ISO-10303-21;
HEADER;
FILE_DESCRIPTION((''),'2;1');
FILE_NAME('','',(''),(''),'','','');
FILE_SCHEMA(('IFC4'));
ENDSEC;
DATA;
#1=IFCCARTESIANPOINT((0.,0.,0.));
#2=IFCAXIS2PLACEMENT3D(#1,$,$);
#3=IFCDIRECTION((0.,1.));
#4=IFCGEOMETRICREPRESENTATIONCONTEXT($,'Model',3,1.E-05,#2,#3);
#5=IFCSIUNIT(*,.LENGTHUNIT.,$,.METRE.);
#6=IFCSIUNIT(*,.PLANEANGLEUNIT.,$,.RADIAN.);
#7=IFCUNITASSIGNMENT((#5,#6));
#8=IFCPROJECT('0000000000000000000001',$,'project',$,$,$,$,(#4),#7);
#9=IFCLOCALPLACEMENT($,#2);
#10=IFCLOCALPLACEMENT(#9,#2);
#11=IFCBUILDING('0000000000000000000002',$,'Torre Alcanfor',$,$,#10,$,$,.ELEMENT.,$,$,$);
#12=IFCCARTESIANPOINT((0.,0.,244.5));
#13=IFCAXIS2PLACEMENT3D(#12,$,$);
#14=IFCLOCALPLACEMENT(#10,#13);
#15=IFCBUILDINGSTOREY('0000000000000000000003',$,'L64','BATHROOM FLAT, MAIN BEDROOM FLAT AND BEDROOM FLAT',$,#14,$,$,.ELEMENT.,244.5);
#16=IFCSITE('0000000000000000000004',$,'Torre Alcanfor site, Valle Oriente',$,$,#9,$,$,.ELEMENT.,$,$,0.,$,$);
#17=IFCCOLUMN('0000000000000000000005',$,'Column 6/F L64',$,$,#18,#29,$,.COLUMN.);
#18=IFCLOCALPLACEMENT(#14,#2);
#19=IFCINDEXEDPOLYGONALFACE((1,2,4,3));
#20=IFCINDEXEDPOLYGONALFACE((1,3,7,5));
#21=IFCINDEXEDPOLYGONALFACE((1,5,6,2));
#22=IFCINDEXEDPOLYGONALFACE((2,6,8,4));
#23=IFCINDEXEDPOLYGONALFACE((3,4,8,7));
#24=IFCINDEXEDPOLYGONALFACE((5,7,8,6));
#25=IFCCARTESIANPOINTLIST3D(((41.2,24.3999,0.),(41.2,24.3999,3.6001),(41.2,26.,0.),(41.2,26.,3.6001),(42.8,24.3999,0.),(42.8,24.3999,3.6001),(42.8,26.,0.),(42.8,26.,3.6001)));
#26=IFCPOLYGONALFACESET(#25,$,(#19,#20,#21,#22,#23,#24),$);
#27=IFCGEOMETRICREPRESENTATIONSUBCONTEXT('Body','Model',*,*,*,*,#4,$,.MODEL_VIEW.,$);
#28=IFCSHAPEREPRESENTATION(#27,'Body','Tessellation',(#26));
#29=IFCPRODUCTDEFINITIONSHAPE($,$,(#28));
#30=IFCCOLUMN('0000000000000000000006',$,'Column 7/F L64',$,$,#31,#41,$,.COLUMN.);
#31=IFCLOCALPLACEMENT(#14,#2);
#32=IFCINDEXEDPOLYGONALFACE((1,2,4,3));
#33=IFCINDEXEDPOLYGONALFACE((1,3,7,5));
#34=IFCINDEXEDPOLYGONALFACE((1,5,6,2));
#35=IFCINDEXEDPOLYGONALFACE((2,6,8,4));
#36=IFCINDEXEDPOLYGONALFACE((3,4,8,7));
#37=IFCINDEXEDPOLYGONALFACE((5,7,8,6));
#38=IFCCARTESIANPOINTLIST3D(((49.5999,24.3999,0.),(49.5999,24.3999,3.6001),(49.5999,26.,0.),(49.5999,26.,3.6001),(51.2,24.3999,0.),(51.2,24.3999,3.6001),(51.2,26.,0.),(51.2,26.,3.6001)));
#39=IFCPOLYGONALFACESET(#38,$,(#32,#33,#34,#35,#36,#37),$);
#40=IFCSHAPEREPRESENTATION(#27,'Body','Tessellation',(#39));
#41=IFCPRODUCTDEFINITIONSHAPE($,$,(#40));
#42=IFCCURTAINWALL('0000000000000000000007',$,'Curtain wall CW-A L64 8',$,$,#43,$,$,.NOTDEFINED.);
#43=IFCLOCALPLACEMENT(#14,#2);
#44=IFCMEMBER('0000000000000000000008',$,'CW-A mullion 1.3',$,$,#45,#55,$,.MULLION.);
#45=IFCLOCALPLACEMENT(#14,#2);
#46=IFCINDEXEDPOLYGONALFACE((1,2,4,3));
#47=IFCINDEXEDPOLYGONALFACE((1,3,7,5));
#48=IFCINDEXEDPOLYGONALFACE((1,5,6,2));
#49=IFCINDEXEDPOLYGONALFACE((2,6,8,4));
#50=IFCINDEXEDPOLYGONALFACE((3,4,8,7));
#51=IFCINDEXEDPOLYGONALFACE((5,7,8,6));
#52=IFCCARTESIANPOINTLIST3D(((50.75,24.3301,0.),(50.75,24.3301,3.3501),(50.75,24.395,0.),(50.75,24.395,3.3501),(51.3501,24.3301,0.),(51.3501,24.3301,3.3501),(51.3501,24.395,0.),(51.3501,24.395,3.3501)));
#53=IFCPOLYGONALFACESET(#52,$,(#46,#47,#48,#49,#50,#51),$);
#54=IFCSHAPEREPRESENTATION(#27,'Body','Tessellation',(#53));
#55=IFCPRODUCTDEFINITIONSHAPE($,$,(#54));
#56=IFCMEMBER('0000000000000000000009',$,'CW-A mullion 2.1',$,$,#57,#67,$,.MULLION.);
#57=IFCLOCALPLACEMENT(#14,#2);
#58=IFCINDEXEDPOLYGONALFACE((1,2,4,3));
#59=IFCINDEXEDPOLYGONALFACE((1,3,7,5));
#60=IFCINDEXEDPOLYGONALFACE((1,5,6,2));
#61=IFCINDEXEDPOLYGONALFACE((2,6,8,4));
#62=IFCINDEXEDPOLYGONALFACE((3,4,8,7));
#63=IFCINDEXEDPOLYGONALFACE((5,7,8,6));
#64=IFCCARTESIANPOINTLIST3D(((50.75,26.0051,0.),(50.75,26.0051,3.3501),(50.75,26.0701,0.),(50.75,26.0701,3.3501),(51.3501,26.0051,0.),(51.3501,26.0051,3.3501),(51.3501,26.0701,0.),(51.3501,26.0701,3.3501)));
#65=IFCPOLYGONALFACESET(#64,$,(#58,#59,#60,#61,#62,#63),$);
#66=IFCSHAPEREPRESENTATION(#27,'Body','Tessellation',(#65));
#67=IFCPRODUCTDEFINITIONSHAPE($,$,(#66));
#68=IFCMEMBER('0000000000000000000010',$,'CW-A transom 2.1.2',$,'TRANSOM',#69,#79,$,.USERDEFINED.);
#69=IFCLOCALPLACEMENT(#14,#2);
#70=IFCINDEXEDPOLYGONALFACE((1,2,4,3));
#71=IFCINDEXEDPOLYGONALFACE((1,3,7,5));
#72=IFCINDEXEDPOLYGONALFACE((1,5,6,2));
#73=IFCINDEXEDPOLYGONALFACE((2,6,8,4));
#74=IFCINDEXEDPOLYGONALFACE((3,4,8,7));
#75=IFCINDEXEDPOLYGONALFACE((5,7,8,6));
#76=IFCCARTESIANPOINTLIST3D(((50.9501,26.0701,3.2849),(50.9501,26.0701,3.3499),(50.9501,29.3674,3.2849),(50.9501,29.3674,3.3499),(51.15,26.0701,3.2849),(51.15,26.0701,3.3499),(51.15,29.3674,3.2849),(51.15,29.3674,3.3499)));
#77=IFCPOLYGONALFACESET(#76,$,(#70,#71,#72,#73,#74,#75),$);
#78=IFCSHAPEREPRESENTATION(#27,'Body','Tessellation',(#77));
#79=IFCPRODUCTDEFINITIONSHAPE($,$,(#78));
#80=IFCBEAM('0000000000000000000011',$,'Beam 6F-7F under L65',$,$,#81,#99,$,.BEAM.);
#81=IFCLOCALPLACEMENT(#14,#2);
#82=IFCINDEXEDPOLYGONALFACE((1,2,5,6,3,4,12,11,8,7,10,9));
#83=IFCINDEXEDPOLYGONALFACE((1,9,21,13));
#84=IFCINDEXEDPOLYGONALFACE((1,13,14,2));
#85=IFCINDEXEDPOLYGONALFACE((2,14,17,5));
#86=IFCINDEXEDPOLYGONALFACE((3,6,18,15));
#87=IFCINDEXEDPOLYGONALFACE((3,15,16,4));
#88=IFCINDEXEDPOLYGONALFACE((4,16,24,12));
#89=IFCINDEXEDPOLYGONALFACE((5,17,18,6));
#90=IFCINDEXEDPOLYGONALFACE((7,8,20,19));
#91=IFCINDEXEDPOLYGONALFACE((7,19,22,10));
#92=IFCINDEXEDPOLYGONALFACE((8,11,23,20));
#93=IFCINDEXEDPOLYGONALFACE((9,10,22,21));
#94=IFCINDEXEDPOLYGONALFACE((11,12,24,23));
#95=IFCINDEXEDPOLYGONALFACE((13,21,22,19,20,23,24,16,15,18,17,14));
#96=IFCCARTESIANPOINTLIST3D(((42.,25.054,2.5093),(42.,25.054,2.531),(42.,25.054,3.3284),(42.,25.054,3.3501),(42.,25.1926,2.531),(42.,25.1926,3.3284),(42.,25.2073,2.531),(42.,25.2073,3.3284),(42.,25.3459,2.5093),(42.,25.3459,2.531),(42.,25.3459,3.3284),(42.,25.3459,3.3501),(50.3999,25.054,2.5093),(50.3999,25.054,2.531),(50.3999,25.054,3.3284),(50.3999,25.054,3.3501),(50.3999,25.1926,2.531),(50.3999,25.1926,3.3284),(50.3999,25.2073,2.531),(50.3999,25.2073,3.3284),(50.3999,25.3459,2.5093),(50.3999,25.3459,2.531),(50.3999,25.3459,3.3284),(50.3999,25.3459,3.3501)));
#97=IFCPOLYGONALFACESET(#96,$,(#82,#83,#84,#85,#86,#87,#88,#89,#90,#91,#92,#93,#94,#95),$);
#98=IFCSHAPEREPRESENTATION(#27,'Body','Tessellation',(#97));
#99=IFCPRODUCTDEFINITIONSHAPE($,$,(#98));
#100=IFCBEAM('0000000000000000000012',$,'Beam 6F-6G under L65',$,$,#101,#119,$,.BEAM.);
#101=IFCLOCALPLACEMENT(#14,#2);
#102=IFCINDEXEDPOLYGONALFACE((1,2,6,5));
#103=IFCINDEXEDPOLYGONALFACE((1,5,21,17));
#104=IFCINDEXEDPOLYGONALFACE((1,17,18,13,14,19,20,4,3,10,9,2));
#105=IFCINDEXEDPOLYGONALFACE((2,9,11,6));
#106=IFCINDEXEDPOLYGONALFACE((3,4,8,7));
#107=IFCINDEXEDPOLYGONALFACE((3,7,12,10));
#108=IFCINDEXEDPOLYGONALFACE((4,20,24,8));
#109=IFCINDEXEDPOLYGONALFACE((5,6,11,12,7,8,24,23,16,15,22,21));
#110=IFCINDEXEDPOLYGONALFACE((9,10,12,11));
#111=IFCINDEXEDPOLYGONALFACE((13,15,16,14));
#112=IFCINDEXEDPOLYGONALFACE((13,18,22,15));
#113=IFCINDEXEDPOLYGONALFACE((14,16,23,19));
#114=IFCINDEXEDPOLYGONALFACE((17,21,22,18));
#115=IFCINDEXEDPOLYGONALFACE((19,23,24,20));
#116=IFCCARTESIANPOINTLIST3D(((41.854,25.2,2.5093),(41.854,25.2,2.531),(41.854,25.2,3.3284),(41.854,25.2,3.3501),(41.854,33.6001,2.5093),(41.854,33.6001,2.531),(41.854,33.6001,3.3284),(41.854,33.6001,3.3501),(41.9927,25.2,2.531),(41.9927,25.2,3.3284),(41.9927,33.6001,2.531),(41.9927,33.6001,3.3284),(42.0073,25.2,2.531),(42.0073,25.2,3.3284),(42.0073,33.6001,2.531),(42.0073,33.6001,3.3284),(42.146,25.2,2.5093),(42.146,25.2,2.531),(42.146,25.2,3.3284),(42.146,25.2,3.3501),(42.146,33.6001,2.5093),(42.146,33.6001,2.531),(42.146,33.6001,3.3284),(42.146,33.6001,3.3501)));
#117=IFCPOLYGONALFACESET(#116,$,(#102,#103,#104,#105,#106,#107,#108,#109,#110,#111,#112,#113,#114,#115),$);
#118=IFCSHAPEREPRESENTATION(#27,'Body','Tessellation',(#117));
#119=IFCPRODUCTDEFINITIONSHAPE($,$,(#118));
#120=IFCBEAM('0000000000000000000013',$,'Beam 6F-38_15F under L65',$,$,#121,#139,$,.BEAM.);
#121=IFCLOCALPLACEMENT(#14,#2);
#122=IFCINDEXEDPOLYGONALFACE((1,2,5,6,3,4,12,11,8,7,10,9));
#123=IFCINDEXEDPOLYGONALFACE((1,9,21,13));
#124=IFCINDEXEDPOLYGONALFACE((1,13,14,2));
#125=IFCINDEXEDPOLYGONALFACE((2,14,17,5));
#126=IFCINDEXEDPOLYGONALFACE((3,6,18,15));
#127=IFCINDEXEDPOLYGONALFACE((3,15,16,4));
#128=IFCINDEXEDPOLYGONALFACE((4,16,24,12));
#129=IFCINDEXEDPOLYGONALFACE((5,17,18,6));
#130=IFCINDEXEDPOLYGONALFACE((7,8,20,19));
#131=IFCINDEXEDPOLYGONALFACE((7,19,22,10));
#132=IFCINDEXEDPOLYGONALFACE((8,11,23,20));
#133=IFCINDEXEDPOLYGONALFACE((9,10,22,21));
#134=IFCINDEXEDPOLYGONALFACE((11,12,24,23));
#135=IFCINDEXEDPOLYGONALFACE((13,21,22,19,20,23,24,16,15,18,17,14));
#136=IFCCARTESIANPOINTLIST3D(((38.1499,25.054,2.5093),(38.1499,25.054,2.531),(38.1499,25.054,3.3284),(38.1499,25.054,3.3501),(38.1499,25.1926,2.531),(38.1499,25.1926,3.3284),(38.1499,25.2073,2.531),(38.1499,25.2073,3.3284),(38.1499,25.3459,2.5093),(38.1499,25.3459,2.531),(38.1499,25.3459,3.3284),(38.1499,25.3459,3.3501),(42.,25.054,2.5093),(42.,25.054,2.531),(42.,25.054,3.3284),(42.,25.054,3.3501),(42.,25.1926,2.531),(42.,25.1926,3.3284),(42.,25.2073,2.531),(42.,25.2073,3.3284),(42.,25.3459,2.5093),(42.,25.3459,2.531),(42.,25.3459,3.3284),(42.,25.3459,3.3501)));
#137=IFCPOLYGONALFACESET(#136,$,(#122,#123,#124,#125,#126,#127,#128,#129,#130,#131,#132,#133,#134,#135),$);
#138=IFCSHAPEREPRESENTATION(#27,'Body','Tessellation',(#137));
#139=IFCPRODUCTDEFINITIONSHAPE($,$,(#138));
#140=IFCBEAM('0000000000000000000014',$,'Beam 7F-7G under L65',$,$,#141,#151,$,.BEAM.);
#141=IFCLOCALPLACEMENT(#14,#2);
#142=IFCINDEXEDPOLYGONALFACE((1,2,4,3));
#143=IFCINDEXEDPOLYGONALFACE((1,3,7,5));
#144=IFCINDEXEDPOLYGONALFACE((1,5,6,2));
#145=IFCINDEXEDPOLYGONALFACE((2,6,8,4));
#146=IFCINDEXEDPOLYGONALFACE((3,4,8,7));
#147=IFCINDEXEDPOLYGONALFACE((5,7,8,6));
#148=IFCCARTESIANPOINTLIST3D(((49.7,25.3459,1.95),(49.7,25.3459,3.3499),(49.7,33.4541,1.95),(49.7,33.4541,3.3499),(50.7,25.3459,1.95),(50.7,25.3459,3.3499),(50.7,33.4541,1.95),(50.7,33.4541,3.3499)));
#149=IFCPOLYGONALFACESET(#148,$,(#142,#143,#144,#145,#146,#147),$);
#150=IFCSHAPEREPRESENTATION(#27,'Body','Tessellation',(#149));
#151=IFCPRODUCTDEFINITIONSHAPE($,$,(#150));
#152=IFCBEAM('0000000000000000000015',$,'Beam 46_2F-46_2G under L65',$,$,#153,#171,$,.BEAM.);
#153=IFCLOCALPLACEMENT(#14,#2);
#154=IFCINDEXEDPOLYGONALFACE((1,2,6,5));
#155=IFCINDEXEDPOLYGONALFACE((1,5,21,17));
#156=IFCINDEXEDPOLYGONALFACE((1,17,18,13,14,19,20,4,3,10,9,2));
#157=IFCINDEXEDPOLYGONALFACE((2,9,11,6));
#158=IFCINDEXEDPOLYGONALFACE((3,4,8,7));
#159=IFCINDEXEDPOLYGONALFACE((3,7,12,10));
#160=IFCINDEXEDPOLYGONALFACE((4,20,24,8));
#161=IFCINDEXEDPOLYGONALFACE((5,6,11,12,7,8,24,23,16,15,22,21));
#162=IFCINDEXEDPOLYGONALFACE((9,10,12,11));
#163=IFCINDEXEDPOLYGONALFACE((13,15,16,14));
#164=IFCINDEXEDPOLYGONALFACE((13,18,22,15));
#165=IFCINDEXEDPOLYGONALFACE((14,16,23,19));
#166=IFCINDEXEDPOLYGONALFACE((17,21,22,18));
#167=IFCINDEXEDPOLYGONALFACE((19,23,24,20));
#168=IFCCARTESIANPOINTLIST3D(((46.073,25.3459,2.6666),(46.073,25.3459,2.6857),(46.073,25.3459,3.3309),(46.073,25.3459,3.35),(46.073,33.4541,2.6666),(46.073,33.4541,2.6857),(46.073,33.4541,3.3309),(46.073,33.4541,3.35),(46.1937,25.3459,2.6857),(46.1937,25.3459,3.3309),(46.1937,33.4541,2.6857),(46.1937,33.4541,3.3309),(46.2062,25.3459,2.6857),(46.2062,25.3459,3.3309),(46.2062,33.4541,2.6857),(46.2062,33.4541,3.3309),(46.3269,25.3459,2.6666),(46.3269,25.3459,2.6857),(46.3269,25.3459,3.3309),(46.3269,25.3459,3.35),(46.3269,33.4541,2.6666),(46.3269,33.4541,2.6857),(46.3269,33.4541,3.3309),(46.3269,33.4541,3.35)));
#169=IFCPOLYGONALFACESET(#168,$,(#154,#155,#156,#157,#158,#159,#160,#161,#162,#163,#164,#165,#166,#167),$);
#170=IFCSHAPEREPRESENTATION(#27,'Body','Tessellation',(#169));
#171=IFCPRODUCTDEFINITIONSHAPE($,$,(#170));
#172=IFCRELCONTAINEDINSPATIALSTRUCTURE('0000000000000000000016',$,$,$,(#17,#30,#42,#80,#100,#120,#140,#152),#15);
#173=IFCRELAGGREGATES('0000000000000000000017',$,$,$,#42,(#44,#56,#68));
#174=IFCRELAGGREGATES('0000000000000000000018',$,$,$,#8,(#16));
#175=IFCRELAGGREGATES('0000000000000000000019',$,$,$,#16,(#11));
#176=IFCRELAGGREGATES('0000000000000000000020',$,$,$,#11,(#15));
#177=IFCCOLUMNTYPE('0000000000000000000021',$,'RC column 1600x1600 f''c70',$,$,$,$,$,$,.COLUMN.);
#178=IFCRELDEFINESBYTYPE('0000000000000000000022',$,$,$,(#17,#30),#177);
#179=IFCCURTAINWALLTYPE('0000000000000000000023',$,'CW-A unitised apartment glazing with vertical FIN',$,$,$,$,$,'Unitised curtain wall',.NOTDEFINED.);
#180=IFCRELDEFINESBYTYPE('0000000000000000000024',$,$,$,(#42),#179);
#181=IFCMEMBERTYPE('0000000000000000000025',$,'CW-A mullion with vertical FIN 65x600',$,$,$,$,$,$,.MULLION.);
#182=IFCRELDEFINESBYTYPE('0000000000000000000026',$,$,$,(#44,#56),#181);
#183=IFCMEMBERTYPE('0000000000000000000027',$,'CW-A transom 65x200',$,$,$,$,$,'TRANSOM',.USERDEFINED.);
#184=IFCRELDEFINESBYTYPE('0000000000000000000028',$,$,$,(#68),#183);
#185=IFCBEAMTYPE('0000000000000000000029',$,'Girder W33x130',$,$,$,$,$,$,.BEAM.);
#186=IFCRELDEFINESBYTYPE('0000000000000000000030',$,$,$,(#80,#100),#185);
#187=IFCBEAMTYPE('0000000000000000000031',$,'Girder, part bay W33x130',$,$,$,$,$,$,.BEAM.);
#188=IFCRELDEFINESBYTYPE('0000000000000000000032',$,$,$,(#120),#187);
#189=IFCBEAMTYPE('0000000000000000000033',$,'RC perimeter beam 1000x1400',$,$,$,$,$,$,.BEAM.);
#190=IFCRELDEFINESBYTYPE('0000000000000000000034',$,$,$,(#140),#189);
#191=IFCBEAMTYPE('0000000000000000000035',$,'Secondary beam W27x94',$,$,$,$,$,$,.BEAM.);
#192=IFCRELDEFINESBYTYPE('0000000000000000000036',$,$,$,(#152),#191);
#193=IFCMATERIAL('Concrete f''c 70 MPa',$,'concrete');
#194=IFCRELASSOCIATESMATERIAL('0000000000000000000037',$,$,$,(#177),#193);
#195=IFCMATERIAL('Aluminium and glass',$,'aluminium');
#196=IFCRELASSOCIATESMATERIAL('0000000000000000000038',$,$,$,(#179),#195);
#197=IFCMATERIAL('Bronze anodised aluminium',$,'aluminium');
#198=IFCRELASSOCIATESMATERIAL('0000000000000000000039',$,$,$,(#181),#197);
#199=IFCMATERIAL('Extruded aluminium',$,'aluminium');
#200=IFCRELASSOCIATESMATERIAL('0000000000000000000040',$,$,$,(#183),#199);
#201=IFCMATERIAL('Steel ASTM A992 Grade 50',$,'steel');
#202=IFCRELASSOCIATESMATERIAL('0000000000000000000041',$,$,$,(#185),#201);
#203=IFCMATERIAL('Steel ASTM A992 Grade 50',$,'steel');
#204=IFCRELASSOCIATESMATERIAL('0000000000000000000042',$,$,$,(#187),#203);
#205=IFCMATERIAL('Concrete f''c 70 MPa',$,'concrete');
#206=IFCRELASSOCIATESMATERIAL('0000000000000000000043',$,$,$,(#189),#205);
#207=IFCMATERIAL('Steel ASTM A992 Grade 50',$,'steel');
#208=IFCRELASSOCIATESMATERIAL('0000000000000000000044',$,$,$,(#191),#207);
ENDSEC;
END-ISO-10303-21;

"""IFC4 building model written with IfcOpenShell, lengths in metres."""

from ifc_helpers import new_model, si_unit, direction, frame, origin, origin_2d, place, context, subcontext, project, spatial, rectangle, i_section, extrude, material, material_profile, profile_set, type_object, element, aggregate, save


model = new_model("IFC4")

# Units and contexts
model_context = context("Model", 3, precision=1e-05, world=origin(), true_north=direction((0.0, 1.0)))
body_context = subcontext(model_context, "Body", "Model", "MODEL_VIEW")
ifc_project = project(units=[si_unit("LENGTHUNIT", "METRE"), si_unit("PLANEANGLEUNIT", "RADIAN")], contexts=[model_context])

# Site, building, storey
site_placement = place(None, origin())
site = spatial("IfcSite", under=ifc_project, at=site_placement, Name="Torre Alcanfor site, Valle Oriente", CompositionType="ELEMENT", RefElevation=0.0)
building_placement = place(site_placement, origin())
building = spatial("IfcBuilding", under=site, at=building_placement, Name="Torre Alcanfor", CompositionType="ELEMENT")
storey_placement = place(building_placement, frame((0.0, 0.0, 244.5)))
storey = spatial("IfcBuildingStorey", under=building, at=storey_placement, Name="L64", Description="BATHROOM FLAT, MAIN BEDROOM FLAT AND BEDROOM FLAT", CompositionType="ELEMENT", Elevation=244.5)

# Columns
ifc_material_1 = material(Name="Concrete f'c 70 MPa", Category="concrete")
ifc_material_profile_1 = material_profile(ifc_material_1, rectangle(XDim=1.6001, YDim=1.6001, at=origin_2d()), Name="1600x1600")
ifc_profile_set_1 = profile_set([ifc_material_profile_1], Name="Concrete f'c 70 MPa")
column_type = type_object("IfcColumnType", Name="RC column 1600x1600 f'c70", PredefinedType="COLUMN", material=ifc_profile_set_1)
for number, where, z_axis, x_axis, name in (
    (1, (42.0, 25.2, 0.0), (0.0, 0.0, 1.0), (1.0, 0.0, 0.0), "Column 6/F L64"),
    (2, (50.3999, 25.2, 0.0), (0.0, 0.0, 1.0), (1.0, 0.0, 0.0), "Column 7/F L64"),
):
    element("IfcColumn", number, at=place(storey_placement, frame(where, z_axis=z_axis, x_axis=x_axis)), inside=storey, type_object=column_type, Name=name, PredefinedType="COLUMN", context=body_context, shape_type="SweptSolid", body=[
        extrude(rectangle(XDim=1.6001, YDim=1.6001, at=origin_2d()), origin(), (0.0, 0.0, 1.0), 3.6001),
    ])

# Curtain wall, members
ifc_material_2 = material(Name="Aluminium and glass", Category="aluminium")
curtain_wall_type = type_object("IfcCurtainWallType", Name="CW-A unitised apartment glazing with vertical FIN", ElementType="Unitised curtain wall", PredefinedType="NOTDEFINED", material=ifc_material_2)
curtain_wall_placement = place(storey_placement, origin())
curtain_wall = element("IfcCurtainWall", 3, at=curtain_wall_placement, inside=storey, type_object=curtain_wall_type, Name="Curtain wall CW-A L64 8", PredefinedType="NOTDEFINED")
ifc_material_3 = material(Name="Bronze anodised aluminium", Category="aluminium")
ifc_material_profile_2 = material_profile(ifc_material_3, rectangle(XDim=0.6001, YDim=0.0649, at=origin_2d()), Name="CW-A mullion 65x600")
ifc_profile_set_2 = profile_set([ifc_material_profile_2], Name="Bronze anodised aluminium")
member_type_1 = type_object("IfcMemberType", Name="CW-A mullion with vertical FIN 65x600", PredefinedType="MULLION", material=ifc_profile_set_2)
member_1_placement = place(storey_placement, frame((51.05, 24.3625, 0.0), z_axis=(0.0, 0.0, 1.0), x_axis=(-1.0, 0.0, 0.0)))
member_1 = element("IfcMember", 4, at=member_1_placement, type_object=member_type_1, Name="CW-A mullion 1.3", PredefinedType="MULLION", context=body_context, shape_type="SweptSolid", body=[
    extrude(rectangle(XDim=0.6001, YDim=0.0649, at=origin_2d()), origin(), (0.0, 0.0, 1.0), 3.3501),
])
member_2_placement = place(storey_placement, frame((51.05, 26.0376, 0.0), z_axis=(0.0, 0.0, 1.0), x_axis=(-1.0, 0.0, 0.0)))
member_2 = element("IfcMember", 5, at=member_2_placement, type_object=member_type_1, Name="CW-A mullion 2.1", PredefinedType="MULLION", context=body_context, shape_type="SweptSolid", body=[
    extrude(rectangle(XDim=0.6001, YDim=0.0649, at=origin_2d()), origin(), (0.0, 0.0, 1.0), 3.3501),
])
ifc_material_4 = material(Name="Extruded aluminium", Category="aluminium")
ifc_material_profile_3 = material_profile(ifc_material_4, rectangle(XDim=0.2, YDim=0.0649, at=origin_2d()), Name="CW-A transom 200x65")
ifc_profile_set_3 = profile_set([ifc_material_profile_3], Name="Extruded aluminium")
member_type_2 = type_object("IfcMemberType", Name="CW-A transom 65x200", ElementType="TRANSOM", PredefinedType="USERDEFINED", material=ifc_profile_set_3)
member_3_placement = place(storey_placement, frame((51.05, 26.0701, 3.3174), z_axis=(0.0, 1.0, 0.0), x_axis=(-1.0, 0.0, 0.0)))
member_3 = element("IfcMember", 6, at=member_3_placement, type_object=member_type_2, Name="CW-A transom 2.1.2", ObjectType="TRANSOM", PredefinedType="USERDEFINED", context=body_context, shape_type="SweptSolid", body=[
    extrude(rectangle(XDim=0.2, YDim=0.0649, at=origin_2d()), origin(), (0.0, 0.0, 1.0), 3.2974),
])

# Beams
ifc_material_5 = material(Name="Steel ASTM A992 Grade 50", Category="steel")
ifc_material_profile_4 = material_profile(ifc_material_5, i_section(OverallWidth=0.292, OverallDepth=0.8408, WebThickness=0.0146, FlangeThickness=0.0217, at=origin_2d()), Name="W33x130")
ifc_profile_set_4 = profile_set([ifc_material_profile_4], Name="Steel ASTM A992 Grade 50")
beam_type_1 = type_object("IfcBeamType", Name="Girder W33x130", PredefinedType="BEAM", material=ifc_profile_set_4)
beam_1_placement = place(storey_placement, frame((42.0, 25.2, 2.9297), z_axis=(1.0, 0.0, 0.0), x_axis=(0.0, 1.0, 0.0)))
element("IfcBeam", 7, at=beam_1_placement, inside=storey, type_object=beam_type_1, Name="Beam 6F-7F under L65", PredefinedType="BEAM", context=body_context, shape_type="SweptSolid", body=[
    extrude(i_section(OverallWidth=0.292, OverallDepth=0.8408, WebThickness=0.0146, FlangeThickness=0.0217, at=origin_2d()), origin(), (0.0, 0.0, 1.0), 8.3999),
])
beam_2_placement = place(storey_placement, frame((42.0, 25.2, 2.9297), z_axis=(0.0, 1.0, 0.0), x_axis=(-1.0, 0.0, 0.0)))
element("IfcBeam", 8, at=beam_2_placement, inside=storey, type_object=beam_type_1, Name="Beam 6F-6G under L65", PredefinedType="BEAM", context=body_context, shape_type="SweptSolid", body=[
    extrude(i_section(OverallWidth=0.292, OverallDepth=0.8408, WebThickness=0.0146, FlangeThickness=0.0217, at=origin_2d()), origin(), (0.0, 0.0, 1.0), 8.4001),
])
ifc_material_6 = material(Name="Steel ASTM A992 Grade 50", Category="steel")
ifc_material_profile_5 = material_profile(ifc_material_6, i_section(OverallWidth=0.292, OverallDepth=0.8408, WebThickness=0.0146, FlangeThickness=0.0217, at=origin_2d()), Name="W33x130")
ifc_profile_set_5 = profile_set([ifc_material_profile_5], Name="Steel ASTM A992 Grade 50")
beam_type_2 = type_object("IfcBeamType", Name="Girder, part bay W33x130", PredefinedType="BEAM", material=ifc_profile_set_5)
beam_3_placement = place(storey_placement, frame((42.0, 25.2, 2.9297), z_axis=(-1.0, 0.0, 0.0), x_axis=(0.0, -1.0, 0.0)))
element("IfcBeam", 9, at=beam_3_placement, inside=storey, type_object=beam_type_2, Name="Beam 6F-38_15F under L65", PredefinedType="BEAM", context=body_context, shape_type="SweptSolid", body=[
    extrude(i_section(OverallWidth=0.292, OverallDepth=0.8408, WebThickness=0.0146, FlangeThickness=0.0217, at=origin_2d()), origin(), (0.0, 0.0, 1.0), 3.8501),
])
ifc_material_7 = material(Name="Concrete f'c 70 MPa", Category="concrete")
ifc_material_profile_6 = material_profile(ifc_material_7, rectangle(XDim=1.0, YDim=1.3999, at=origin_2d()), Name="1000x1400")
ifc_profile_set_6 = profile_set([ifc_material_profile_6], Name="Concrete f'c 70 MPa")
beam_type_3 = type_object("IfcBeamType", Name="RC perimeter beam 1000x1400", PredefinedType="BEAM", material=ifc_profile_set_6)
beam_4_placement = place(storey_placement, frame((50.2, 25.3459, 2.6499), z_axis=(0.0, 1.0, 0.0), x_axis=(-1.0, 0.0, 0.0)))
element("IfcBeam", 10, at=beam_4_placement, inside=storey, type_object=beam_type_3, Name="Beam 7F-7G under L65", PredefinedType="BEAM", context=body_context, shape_type="SweptSolid", body=[
    extrude(rectangle(XDim=1.0, YDim=1.3999, at=origin_2d()), origin(), (0.0, 0.0, 1.0), 8.1082),
])
ifc_material_8 = material(Name="Steel ASTM A992 Grade 50", Category="steel")
ifc_material_profile_7 = material_profile(ifc_material_8, i_section(OverallWidth=0.2539, OverallDepth=0.6833, WebThickness=0.0125, FlangeThickness=0.019, at=origin_2d()), Name="W27x94")
ifc_profile_set_7 = profile_set([ifc_material_profile_7], Name="Steel ASTM A992 Grade 50")
beam_type_4 = type_object("IfcBeamType", Name="Secondary beam W27x94", PredefinedType="BEAM", material=ifc_profile_set_7)
beam_5_placement = place(storey_placement, frame((46.2, 25.3459, 3.0083), z_axis=(0.0, 1.0, 0.0), x_axis=(-1.0, 0.0, 0.0)))
element("IfcBeam", 11, at=beam_5_placement, inside=storey, type_object=beam_type_4, Name="Beam 46_2F-46_2G under L65", PredefinedType="BEAM", context=body_context, shape_type="SweptSolid", body=[
    extrude(i_section(OverallWidth=0.2539, OverallDepth=0.6833, WebThickness=0.0125, FlangeThickness=0.019, at=origin_2d()), origin(), (0.0, 0.0, 1.0), 8.1082),
])

aggregate(curtain_wall, [member_1, member_2, member_3])

save(model, "model.ifc")
